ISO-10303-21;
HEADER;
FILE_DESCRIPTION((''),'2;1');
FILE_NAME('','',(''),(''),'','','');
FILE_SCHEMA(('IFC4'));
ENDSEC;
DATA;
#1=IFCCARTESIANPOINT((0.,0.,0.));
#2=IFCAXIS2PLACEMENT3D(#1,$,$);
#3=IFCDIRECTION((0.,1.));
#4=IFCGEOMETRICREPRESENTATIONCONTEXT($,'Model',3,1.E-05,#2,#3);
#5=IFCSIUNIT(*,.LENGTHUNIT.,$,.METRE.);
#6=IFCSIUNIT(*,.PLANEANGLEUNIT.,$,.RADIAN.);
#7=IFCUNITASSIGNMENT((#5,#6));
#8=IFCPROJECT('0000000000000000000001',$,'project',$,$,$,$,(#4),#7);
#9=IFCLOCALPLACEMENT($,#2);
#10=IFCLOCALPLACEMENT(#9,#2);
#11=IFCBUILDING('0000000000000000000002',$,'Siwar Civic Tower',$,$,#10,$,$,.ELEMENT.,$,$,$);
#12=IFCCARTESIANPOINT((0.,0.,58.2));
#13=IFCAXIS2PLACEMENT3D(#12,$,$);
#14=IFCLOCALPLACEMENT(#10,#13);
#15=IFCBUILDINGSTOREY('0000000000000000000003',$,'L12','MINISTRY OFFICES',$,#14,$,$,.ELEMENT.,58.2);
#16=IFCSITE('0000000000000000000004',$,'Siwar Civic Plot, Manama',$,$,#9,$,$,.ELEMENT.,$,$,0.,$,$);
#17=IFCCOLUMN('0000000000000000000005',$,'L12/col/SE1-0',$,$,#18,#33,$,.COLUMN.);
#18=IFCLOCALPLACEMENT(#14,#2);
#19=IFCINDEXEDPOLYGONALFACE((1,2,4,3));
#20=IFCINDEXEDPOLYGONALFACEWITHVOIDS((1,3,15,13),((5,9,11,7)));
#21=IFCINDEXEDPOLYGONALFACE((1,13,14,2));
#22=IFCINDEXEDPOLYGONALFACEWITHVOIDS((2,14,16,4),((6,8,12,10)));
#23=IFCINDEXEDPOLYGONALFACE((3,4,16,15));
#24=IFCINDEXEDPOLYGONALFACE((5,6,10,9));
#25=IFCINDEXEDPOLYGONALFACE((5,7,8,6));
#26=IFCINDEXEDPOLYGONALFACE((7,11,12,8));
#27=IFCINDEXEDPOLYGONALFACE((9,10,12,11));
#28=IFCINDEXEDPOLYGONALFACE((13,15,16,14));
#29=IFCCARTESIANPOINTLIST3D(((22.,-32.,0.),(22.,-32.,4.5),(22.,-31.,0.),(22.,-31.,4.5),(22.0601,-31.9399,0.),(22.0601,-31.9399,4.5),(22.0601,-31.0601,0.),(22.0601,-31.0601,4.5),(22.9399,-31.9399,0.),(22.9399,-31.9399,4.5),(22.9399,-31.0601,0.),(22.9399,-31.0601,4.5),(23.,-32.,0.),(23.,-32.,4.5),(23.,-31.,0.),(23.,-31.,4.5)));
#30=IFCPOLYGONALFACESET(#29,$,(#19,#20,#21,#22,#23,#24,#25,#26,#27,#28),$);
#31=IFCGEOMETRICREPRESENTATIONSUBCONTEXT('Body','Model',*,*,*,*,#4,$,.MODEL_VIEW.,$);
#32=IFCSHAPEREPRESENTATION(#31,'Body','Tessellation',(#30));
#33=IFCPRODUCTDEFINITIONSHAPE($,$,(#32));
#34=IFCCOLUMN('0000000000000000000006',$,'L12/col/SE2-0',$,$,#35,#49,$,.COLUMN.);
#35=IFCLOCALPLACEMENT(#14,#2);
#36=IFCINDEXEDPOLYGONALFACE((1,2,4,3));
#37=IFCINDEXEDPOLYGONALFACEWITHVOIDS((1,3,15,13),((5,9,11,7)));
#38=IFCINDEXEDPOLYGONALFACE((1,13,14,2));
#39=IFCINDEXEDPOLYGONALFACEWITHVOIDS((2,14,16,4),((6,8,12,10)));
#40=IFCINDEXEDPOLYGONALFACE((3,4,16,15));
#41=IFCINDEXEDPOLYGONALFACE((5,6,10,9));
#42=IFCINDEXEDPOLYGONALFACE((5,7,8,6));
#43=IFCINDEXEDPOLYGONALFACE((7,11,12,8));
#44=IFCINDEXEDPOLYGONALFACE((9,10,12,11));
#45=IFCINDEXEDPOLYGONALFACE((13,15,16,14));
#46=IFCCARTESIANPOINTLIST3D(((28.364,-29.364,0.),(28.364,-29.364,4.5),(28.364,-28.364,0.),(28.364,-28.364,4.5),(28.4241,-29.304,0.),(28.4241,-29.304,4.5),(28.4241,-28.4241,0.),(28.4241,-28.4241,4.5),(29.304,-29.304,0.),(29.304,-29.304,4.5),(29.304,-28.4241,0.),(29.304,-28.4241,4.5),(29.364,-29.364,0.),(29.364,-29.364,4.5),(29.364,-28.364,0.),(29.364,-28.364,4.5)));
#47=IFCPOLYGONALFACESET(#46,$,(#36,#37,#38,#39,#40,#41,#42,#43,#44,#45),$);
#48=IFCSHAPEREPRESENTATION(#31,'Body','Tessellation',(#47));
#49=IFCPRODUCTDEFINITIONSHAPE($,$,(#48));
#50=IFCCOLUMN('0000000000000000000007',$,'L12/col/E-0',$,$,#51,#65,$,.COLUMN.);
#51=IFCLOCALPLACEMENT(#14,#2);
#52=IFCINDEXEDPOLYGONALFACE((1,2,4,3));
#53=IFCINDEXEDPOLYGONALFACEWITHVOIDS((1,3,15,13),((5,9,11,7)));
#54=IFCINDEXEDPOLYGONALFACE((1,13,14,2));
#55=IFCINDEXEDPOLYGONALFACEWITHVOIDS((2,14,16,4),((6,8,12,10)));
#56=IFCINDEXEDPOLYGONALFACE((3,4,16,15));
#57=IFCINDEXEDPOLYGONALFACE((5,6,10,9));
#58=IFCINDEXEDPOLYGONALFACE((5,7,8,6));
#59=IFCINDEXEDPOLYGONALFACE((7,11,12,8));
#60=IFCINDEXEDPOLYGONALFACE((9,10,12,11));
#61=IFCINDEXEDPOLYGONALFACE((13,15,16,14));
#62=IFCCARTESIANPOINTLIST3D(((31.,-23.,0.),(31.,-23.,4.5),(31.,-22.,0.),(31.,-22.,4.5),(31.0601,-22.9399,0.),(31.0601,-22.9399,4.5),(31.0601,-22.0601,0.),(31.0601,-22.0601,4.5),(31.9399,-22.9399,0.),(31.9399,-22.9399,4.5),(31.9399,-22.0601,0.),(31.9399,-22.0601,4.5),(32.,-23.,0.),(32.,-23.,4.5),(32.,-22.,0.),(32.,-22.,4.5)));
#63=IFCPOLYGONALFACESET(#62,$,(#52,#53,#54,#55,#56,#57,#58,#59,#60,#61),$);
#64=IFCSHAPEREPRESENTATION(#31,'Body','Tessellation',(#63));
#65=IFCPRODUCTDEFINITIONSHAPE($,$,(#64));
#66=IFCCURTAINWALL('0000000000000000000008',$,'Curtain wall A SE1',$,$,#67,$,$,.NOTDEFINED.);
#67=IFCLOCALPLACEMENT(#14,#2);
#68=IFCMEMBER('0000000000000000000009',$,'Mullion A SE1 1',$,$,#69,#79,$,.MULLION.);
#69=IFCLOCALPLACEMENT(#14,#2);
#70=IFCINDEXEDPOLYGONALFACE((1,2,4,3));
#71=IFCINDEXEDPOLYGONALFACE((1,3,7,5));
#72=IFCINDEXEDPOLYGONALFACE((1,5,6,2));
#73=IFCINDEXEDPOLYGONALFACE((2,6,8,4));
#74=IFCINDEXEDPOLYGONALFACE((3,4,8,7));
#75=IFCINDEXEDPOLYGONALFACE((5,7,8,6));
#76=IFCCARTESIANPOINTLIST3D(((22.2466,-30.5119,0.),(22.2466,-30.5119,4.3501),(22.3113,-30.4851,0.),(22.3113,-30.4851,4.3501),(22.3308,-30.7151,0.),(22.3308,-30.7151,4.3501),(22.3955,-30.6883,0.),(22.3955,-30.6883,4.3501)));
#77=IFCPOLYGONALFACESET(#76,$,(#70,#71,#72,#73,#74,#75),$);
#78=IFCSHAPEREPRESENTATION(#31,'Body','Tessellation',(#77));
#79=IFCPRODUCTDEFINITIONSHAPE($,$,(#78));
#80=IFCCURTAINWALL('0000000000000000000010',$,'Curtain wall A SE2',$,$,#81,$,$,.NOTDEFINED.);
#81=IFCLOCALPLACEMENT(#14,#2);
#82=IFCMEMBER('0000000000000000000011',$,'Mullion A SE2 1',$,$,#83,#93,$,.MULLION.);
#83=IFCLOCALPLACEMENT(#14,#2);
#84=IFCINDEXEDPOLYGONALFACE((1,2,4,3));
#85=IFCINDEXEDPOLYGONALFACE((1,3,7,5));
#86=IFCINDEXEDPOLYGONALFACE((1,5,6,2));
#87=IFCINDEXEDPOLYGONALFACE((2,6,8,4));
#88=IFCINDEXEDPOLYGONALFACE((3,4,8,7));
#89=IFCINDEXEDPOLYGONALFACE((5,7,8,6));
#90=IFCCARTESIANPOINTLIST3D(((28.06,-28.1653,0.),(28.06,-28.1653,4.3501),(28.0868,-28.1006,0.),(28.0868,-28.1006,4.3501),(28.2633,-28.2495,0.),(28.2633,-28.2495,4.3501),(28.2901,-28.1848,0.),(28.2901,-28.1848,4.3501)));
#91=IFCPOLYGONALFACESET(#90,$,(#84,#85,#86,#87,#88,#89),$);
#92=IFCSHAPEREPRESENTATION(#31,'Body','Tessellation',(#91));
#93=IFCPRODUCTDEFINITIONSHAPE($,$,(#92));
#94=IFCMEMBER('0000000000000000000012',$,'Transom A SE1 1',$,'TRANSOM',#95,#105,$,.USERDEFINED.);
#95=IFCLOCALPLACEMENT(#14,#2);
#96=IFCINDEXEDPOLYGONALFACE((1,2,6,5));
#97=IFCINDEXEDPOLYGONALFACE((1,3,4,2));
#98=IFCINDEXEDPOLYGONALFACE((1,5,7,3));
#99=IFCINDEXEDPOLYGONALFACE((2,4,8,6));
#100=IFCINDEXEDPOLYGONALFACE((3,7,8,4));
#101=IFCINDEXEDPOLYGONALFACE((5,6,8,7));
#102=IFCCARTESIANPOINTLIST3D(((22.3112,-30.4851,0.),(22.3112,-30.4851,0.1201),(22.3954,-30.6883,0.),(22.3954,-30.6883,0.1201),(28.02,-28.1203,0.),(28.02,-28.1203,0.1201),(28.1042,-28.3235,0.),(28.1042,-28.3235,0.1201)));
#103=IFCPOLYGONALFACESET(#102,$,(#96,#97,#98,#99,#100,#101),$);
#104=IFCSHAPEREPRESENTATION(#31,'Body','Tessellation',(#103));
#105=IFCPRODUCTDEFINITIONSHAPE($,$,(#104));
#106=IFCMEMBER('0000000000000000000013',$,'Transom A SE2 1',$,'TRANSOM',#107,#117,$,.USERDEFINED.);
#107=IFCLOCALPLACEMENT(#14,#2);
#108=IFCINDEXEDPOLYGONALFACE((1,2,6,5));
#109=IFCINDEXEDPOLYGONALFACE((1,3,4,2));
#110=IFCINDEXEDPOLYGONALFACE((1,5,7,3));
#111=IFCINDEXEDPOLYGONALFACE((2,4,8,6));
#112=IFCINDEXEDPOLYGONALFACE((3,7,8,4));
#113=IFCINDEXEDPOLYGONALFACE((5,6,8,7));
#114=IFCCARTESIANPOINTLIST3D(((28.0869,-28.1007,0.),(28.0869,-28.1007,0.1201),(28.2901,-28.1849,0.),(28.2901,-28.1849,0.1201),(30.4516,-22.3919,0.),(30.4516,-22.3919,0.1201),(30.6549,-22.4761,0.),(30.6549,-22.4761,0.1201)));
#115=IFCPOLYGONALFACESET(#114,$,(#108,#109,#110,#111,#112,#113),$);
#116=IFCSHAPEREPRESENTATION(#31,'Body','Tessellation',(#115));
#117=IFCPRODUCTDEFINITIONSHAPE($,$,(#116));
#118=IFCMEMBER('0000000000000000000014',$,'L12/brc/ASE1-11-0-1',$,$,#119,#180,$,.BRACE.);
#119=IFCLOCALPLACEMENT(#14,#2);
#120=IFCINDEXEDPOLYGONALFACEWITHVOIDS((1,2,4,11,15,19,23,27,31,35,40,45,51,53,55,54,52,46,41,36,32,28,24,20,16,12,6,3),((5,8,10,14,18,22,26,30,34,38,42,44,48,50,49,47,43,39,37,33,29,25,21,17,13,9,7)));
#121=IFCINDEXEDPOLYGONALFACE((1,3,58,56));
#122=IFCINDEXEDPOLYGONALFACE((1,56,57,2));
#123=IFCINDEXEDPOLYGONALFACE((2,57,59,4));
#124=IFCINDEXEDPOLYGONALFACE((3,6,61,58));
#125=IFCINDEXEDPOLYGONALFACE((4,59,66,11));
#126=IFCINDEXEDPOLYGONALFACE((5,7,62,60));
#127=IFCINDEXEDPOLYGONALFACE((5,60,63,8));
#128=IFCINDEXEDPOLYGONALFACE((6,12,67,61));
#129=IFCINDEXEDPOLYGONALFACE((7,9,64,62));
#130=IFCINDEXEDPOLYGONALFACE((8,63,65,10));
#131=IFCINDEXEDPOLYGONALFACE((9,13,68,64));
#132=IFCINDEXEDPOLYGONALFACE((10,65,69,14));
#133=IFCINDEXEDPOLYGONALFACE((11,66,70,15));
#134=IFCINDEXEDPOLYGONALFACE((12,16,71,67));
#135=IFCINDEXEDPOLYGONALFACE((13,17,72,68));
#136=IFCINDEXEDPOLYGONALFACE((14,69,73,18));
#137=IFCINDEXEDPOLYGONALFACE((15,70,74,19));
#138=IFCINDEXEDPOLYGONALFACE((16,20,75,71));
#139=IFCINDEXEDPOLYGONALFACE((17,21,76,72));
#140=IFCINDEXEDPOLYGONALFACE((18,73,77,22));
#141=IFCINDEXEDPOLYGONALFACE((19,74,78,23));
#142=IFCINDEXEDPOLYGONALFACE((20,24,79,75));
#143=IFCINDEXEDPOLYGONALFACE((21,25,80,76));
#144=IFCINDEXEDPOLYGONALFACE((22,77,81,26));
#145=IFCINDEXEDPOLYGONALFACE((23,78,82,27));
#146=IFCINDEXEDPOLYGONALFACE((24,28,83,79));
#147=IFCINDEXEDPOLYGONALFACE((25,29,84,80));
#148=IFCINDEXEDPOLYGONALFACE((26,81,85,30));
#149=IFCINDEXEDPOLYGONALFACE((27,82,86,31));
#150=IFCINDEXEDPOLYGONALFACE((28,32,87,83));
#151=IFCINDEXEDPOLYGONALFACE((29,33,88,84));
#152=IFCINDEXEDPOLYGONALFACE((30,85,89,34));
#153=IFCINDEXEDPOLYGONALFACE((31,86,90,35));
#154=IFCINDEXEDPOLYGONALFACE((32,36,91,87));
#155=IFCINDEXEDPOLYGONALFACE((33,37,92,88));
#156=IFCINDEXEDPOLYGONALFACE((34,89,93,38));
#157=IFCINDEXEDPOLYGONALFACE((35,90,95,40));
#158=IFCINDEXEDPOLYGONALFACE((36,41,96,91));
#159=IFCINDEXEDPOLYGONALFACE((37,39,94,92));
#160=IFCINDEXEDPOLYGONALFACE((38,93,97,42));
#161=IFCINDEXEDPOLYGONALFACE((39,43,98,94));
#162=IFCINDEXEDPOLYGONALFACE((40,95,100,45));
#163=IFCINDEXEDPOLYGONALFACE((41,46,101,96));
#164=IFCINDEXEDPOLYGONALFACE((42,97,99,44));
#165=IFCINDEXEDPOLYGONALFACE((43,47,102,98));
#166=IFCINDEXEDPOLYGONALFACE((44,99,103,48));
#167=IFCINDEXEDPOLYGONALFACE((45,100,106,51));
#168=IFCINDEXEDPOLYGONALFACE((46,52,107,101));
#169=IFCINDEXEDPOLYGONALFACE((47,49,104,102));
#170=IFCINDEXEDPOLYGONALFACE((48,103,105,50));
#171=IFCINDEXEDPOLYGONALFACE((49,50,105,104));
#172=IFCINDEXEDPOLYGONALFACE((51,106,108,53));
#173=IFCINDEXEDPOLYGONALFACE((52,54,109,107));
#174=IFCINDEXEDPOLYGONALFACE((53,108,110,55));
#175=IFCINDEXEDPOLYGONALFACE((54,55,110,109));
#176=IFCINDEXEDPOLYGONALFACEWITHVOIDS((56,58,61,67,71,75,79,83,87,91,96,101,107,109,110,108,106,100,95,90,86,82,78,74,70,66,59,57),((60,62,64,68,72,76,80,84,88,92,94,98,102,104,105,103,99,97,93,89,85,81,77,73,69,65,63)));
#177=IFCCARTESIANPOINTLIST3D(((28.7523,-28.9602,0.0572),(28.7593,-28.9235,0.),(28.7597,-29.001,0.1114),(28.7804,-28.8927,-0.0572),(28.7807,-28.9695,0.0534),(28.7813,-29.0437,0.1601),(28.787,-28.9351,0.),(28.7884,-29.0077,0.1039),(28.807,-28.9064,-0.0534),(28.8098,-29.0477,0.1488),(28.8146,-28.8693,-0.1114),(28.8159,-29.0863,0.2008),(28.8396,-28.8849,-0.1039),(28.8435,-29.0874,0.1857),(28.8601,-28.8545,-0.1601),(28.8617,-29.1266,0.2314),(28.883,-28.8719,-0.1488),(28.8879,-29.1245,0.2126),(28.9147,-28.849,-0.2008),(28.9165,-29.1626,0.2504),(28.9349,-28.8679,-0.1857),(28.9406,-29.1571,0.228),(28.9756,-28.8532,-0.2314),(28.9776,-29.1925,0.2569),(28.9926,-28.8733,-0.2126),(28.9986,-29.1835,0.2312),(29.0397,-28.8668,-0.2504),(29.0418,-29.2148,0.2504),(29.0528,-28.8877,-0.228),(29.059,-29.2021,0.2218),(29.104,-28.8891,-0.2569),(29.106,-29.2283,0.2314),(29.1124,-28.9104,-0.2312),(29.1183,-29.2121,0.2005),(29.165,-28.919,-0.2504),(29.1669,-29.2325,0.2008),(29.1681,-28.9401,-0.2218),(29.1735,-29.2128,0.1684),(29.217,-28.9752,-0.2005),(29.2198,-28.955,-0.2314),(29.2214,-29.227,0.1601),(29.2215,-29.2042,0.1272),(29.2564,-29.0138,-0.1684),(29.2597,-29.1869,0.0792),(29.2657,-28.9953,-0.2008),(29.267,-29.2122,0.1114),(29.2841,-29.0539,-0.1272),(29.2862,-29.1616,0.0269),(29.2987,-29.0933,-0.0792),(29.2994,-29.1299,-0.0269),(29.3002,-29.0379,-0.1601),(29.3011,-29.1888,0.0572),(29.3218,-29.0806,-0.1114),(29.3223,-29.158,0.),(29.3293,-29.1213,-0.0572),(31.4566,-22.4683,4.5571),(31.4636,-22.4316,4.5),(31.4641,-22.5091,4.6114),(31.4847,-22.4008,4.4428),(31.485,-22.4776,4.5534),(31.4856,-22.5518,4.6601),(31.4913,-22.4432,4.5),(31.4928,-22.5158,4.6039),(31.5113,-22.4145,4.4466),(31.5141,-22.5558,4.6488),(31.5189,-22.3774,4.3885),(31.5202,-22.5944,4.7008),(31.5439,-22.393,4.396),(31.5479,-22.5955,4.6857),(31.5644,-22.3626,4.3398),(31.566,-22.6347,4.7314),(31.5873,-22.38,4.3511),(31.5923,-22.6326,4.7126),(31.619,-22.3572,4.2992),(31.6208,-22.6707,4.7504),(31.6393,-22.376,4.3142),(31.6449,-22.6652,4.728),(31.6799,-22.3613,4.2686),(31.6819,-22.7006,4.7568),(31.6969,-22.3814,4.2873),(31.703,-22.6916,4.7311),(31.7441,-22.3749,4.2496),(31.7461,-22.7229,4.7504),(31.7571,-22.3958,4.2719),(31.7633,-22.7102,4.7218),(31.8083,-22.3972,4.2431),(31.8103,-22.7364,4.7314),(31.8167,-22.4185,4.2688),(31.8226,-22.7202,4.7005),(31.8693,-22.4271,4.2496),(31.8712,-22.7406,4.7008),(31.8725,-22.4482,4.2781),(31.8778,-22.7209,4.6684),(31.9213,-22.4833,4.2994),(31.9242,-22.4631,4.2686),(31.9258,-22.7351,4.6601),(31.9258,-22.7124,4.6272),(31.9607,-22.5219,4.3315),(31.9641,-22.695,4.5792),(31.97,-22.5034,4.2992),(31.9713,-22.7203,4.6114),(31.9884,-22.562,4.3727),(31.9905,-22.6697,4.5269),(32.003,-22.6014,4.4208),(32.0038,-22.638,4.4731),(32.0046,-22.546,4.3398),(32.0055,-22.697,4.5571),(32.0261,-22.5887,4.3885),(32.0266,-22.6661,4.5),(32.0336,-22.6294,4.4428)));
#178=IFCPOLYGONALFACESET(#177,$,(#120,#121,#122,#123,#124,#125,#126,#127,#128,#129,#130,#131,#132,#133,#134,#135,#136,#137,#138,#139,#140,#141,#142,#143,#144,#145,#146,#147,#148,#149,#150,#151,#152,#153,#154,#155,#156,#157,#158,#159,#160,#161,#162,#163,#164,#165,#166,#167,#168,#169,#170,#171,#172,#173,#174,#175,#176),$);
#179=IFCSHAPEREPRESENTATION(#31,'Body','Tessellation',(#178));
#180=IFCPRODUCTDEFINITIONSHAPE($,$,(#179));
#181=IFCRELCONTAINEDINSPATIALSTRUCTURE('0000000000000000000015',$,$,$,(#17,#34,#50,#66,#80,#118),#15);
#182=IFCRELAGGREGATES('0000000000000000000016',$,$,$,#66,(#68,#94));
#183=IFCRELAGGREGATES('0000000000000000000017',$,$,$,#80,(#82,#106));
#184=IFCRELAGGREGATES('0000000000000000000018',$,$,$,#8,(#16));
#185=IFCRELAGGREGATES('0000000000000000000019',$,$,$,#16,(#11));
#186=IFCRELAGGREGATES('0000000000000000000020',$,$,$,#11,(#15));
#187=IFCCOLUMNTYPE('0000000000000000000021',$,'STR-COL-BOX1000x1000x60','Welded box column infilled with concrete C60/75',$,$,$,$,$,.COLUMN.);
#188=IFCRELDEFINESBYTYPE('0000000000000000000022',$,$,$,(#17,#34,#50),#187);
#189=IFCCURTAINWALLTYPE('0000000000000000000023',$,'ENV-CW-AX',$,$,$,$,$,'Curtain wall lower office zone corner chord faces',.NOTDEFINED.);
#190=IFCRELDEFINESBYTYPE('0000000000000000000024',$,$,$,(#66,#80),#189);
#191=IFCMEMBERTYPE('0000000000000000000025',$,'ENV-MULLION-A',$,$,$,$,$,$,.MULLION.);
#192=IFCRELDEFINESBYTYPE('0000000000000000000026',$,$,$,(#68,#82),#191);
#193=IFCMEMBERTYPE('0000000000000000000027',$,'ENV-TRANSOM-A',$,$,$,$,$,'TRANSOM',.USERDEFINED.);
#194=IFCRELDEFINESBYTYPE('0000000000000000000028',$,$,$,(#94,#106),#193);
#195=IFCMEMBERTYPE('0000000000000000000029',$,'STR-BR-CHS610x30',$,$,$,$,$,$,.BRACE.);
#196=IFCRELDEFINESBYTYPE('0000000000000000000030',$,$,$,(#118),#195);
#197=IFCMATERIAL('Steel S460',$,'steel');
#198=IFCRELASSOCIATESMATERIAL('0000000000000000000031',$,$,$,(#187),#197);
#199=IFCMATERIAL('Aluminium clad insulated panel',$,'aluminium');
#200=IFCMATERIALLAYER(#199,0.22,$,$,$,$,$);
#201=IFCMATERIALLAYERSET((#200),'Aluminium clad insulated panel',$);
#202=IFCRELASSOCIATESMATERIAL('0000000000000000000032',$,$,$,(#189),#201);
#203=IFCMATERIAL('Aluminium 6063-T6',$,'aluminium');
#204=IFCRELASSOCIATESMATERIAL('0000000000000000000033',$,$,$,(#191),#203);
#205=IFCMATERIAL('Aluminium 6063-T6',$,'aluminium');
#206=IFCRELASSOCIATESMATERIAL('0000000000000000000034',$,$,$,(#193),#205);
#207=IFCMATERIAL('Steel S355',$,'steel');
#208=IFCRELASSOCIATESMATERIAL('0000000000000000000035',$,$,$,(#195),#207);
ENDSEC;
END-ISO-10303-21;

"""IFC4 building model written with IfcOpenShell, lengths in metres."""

from ifc_helpers import new_model, si_unit, direction, frame, origin, origin_2d, place, context, subcontext, project, spatial, rectangle, hollow_rectangle, hollow_circle, extrude, material, layer, layer_set, material_profile, profile_set, type_object, element, aggregate, save


model = new_model("IFC4")

# Units and contexts
model_context = context("Model", 3, precision=1e-05, world=origin(), true_north=direction((0.0, 1.0)))
body_context = subcontext(model_context, "Body", "Model", "MODEL_VIEW")
ifc_project = project(units=[si_unit("LENGTHUNIT", "METRE"), si_unit("PLANEANGLEUNIT", "RADIAN")], contexts=[model_context])

# Site, building, storey
site_placement = place(None, origin())
site = spatial("IfcSite", under=ifc_project, at=site_placement, Name="Siwar Civic Plot, Manama", CompositionType="ELEMENT", RefElevation=0.0)
building_placement = place(site_placement, origin())
building = spatial("IfcBuilding", under=site, at=building_placement, Name="Siwar Civic Tower", CompositionType="ELEMENT")
storey_placement = place(building_placement, frame((0.0, 0.0, 58.2)))
storey = spatial("IfcBuildingStorey", under=building, at=storey_placement, Name="L12", Description="MINISTRY OFFICES", CompositionType="ELEMENT", Elevation=58.2)

# Columns
ifc_material_1 = material(Name="Steel S460", Category="steel")
ifc_material_profile_1 = material_profile(ifc_material_1, hollow_rectangle(XDim=1.0, YDim=1.0, WallThickness=0.0601, at=origin_2d()), Name="BOX1000x1000x60")
ifc_profile_set_1 = profile_set([ifc_material_profile_1], Name="Steel S460")
column_type = type_object("IfcColumnType", Name="STR-COL-BOX1000x1000x60", Description="Welded box column infilled with concrete C60/75", PredefinedType="COLUMN", material=ifc_profile_set_1)
for number, where, z_axis, x_axis, name in (
    (1, (22.5, -31.5, 0.0), (0.0, 0.0, 1.0), (1.0, 0.0, 0.0), "L12/col/SE1-0"),
    (2, (28.864, -28.864, 0.0), (0.0, 0.0, 1.0), (1.0, 0.0, 0.0), "L12/col/SE2-0"),
    (3, (31.5, -22.5, 0.0), (0.0, 0.0, 1.0), (1.0, 0.0, 0.0), "L12/col/E-0"),
):
    element("IfcColumn", number, at=place(storey_placement, frame(where, z_axis=z_axis, x_axis=x_axis)), inside=storey, type_object=column_type, Name=name, PredefinedType="COLUMN", context=body_context, shape_type="SweptSolid", body=[
        extrude(hollow_rectangle(XDim=1.0, YDim=1.0, WallThickness=0.0601, at=origin_2d()), origin(), (0.0, 0.0, 1.0), 4.5),
    ])

# Curtain walls, members
ifc_material_2 = material(Name="Aluminium clad insulated panel", Category="aluminium")
ifc_layer_1 = layer(ifc_material_2, 0.22)
ifc_layer_set_1 = layer_set([ifc_layer_1], Name="Aluminium clad insulated panel")
curtain_wall_type_1 = type_object("IfcCurtainWallType", Name="ENV-CW-AX", ElementType="Curtain wall lower office zone corner chord faces", PredefinedType="NOTDEFINED", material=ifc_layer_set_1)
curtain_wall_1_placement = place(storey_placement, origin())
curtain_wall_1 = element("IfcCurtainWall", 4, at=curtain_wall_1_placement, inside=storey, type_object=curtain_wall_type_1, Name="Curtain wall A SE1", PredefinedType="NOTDEFINED")
ifc_material_3 = material(Name="Aluminium 6063-T6", Category="aluminium")
ifc_material_profile_2 = material_profile(ifc_material_3, rectangle(XDim=0.22, YDim=0.0701, at=origin_2d()), Name="AL 220x70")
ifc_profile_set_2 = profile_set([ifc_material_profile_2], Name="Aluminium 6063-T6")
member_type_1 = type_object("IfcMemberType", Name="ENV-MULLION-A", PredefinedType="MULLION", material=ifc_profile_set_2)
member_1_placement = place(storey_placement, frame((22.321, -30.6001, 0.0), z_axis=(0.0, 0.0, 1.0), x_axis=(-0.382683, 0.92388, 0.0)))
member_1 = element("IfcMember", 5, at=member_1_placement, type_object=member_type_1, Name="Mullion A SE1 1", PredefinedType="MULLION", context=body_context, shape_type="SweptSolid", body=[
    extrude(rectangle(XDim=0.22, YDim=0.0701, at=origin_2d()), origin(), (0.0, 0.0, 1.0), 4.3501),
])
curtain_wall_2_placement = place(storey_placement, origin())
curtain_wall_2 = element("IfcCurtainWall", 6, at=curtain_wall_2_placement, inside=storey, type_object=curtain_wall_type_1, Name="Curtain wall A SE2", PredefinedType="NOTDEFINED")
member_2_placement = place(storey_placement, frame((28.175, -28.175, 0.0), z_axis=(0.0, 0.0, 1.0), x_axis=(-0.92388, 0.382683, 0.0)))
member_2 = element("IfcMember", 7, at=member_2_placement, type_object=member_type_1, Name="Mullion A SE2 1", PredefinedType="MULLION", context=body_context, shape_type="SweptSolid", body=[
    extrude(rectangle(XDim=0.22, YDim=0.0701, at=origin_2d()), origin(), (0.0, 0.0, 1.0), 4.3501),
])

# Members
ifc_material_4 = material(Name="Aluminium 6063-T6", Category="aluminium")
ifc_material_profile_3 = material_profile(ifc_material_4, rectangle(XDim=0.22, YDim=0.1201, at=origin_2d()), Name="AL 220x120")
ifc_profile_set_3 = profile_set([ifc_material_profile_3], Name="Aluminium 6063-T6")
member_type_2 = type_object("IfcMemberType", Name="ENV-TRANSOM-A", ElementType="TRANSOM", PredefinedType="USERDEFINED", material=ifc_profile_set_3)
member_3_placement = place(storey_placement, frame((22.3533, -30.5867, 0.0601), z_axis=(0.923873, 0.382698, 0.0), x_axis=(-0.382698, 0.923873, 0.0)))
member_3 = element("IfcMember", 8, at=member_3_placement, type_object=member_type_2, Name="Transom A SE1 1", ObjectType="TRANSOM", PredefinedType="USERDEFINED", context=body_context, shape_type="SweptSolid", body=[
    extrude(rectangle(XDim=0.22, YDim=0.1201, at=origin_2d()), origin(), (0.0, 0.0, 1.0), 6.1792),
])
member_4_placement = place(storey_placement, frame((28.1885, -28.1428, 0.0601), z_axis=(0.382698, 0.923873, 0.0), x_axis=(-0.923873, 0.382698, 0.0)))
member_4 = element("IfcMember", 9, at=member_4_placement, type_object=member_type_2, Name="Transom A SE2 1", ObjectType="TRANSOM", PredefinedType="USERDEFINED", context=body_context, shape_type="SweptSolid", body=[
    extrude(rectangle(XDim=0.22, YDim=0.1201, at=origin_2d()), origin(), (0.0, 0.0, 1.0), 6.1792),
])

# Member
ifc_material_5 = material(Name="Steel S355", Category="steel")
ifc_material_profile_4 = material_profile(ifc_material_5, hollow_circle(Radius=0.3049, WallThickness=0.03, at=origin_2d()), Name="CHS610x30")
ifc_profile_set_4 = profile_set([ifc_material_profile_4], Name="Steel S355")
member_type_3 = type_object("IfcMemberType", Name="STR-BR-CHS610x30", PredefinedType="BRACE", material=ifc_profile_set_4)
member_5_placement = place(storey_placement, frame((29.0408, -29.0408, 0.0), z_axis=(0.323906, 0.777555, 0.538975), x_axis=(-0.923109, 0.384539, 0.0)))
element("IfcMember", 10, at=member_5_placement, inside=storey, type_object=member_type_3, Name="L12/brc/ASE1-11-0-1", PredefinedType="BRACE", context=body_context, shape_type="SweptSolid", body=[
    extrude(hollow_circle(Radius=0.3049, WallThickness=0.03, at=origin_2d()), origin(), (0.0, 0.0, 1.0), 8.3491),
])

aggregate(curtain_wall_1, [member_1, member_3])
aggregate(curtain_wall_2, [member_2, member_4])

save(model, "model.ifc")
